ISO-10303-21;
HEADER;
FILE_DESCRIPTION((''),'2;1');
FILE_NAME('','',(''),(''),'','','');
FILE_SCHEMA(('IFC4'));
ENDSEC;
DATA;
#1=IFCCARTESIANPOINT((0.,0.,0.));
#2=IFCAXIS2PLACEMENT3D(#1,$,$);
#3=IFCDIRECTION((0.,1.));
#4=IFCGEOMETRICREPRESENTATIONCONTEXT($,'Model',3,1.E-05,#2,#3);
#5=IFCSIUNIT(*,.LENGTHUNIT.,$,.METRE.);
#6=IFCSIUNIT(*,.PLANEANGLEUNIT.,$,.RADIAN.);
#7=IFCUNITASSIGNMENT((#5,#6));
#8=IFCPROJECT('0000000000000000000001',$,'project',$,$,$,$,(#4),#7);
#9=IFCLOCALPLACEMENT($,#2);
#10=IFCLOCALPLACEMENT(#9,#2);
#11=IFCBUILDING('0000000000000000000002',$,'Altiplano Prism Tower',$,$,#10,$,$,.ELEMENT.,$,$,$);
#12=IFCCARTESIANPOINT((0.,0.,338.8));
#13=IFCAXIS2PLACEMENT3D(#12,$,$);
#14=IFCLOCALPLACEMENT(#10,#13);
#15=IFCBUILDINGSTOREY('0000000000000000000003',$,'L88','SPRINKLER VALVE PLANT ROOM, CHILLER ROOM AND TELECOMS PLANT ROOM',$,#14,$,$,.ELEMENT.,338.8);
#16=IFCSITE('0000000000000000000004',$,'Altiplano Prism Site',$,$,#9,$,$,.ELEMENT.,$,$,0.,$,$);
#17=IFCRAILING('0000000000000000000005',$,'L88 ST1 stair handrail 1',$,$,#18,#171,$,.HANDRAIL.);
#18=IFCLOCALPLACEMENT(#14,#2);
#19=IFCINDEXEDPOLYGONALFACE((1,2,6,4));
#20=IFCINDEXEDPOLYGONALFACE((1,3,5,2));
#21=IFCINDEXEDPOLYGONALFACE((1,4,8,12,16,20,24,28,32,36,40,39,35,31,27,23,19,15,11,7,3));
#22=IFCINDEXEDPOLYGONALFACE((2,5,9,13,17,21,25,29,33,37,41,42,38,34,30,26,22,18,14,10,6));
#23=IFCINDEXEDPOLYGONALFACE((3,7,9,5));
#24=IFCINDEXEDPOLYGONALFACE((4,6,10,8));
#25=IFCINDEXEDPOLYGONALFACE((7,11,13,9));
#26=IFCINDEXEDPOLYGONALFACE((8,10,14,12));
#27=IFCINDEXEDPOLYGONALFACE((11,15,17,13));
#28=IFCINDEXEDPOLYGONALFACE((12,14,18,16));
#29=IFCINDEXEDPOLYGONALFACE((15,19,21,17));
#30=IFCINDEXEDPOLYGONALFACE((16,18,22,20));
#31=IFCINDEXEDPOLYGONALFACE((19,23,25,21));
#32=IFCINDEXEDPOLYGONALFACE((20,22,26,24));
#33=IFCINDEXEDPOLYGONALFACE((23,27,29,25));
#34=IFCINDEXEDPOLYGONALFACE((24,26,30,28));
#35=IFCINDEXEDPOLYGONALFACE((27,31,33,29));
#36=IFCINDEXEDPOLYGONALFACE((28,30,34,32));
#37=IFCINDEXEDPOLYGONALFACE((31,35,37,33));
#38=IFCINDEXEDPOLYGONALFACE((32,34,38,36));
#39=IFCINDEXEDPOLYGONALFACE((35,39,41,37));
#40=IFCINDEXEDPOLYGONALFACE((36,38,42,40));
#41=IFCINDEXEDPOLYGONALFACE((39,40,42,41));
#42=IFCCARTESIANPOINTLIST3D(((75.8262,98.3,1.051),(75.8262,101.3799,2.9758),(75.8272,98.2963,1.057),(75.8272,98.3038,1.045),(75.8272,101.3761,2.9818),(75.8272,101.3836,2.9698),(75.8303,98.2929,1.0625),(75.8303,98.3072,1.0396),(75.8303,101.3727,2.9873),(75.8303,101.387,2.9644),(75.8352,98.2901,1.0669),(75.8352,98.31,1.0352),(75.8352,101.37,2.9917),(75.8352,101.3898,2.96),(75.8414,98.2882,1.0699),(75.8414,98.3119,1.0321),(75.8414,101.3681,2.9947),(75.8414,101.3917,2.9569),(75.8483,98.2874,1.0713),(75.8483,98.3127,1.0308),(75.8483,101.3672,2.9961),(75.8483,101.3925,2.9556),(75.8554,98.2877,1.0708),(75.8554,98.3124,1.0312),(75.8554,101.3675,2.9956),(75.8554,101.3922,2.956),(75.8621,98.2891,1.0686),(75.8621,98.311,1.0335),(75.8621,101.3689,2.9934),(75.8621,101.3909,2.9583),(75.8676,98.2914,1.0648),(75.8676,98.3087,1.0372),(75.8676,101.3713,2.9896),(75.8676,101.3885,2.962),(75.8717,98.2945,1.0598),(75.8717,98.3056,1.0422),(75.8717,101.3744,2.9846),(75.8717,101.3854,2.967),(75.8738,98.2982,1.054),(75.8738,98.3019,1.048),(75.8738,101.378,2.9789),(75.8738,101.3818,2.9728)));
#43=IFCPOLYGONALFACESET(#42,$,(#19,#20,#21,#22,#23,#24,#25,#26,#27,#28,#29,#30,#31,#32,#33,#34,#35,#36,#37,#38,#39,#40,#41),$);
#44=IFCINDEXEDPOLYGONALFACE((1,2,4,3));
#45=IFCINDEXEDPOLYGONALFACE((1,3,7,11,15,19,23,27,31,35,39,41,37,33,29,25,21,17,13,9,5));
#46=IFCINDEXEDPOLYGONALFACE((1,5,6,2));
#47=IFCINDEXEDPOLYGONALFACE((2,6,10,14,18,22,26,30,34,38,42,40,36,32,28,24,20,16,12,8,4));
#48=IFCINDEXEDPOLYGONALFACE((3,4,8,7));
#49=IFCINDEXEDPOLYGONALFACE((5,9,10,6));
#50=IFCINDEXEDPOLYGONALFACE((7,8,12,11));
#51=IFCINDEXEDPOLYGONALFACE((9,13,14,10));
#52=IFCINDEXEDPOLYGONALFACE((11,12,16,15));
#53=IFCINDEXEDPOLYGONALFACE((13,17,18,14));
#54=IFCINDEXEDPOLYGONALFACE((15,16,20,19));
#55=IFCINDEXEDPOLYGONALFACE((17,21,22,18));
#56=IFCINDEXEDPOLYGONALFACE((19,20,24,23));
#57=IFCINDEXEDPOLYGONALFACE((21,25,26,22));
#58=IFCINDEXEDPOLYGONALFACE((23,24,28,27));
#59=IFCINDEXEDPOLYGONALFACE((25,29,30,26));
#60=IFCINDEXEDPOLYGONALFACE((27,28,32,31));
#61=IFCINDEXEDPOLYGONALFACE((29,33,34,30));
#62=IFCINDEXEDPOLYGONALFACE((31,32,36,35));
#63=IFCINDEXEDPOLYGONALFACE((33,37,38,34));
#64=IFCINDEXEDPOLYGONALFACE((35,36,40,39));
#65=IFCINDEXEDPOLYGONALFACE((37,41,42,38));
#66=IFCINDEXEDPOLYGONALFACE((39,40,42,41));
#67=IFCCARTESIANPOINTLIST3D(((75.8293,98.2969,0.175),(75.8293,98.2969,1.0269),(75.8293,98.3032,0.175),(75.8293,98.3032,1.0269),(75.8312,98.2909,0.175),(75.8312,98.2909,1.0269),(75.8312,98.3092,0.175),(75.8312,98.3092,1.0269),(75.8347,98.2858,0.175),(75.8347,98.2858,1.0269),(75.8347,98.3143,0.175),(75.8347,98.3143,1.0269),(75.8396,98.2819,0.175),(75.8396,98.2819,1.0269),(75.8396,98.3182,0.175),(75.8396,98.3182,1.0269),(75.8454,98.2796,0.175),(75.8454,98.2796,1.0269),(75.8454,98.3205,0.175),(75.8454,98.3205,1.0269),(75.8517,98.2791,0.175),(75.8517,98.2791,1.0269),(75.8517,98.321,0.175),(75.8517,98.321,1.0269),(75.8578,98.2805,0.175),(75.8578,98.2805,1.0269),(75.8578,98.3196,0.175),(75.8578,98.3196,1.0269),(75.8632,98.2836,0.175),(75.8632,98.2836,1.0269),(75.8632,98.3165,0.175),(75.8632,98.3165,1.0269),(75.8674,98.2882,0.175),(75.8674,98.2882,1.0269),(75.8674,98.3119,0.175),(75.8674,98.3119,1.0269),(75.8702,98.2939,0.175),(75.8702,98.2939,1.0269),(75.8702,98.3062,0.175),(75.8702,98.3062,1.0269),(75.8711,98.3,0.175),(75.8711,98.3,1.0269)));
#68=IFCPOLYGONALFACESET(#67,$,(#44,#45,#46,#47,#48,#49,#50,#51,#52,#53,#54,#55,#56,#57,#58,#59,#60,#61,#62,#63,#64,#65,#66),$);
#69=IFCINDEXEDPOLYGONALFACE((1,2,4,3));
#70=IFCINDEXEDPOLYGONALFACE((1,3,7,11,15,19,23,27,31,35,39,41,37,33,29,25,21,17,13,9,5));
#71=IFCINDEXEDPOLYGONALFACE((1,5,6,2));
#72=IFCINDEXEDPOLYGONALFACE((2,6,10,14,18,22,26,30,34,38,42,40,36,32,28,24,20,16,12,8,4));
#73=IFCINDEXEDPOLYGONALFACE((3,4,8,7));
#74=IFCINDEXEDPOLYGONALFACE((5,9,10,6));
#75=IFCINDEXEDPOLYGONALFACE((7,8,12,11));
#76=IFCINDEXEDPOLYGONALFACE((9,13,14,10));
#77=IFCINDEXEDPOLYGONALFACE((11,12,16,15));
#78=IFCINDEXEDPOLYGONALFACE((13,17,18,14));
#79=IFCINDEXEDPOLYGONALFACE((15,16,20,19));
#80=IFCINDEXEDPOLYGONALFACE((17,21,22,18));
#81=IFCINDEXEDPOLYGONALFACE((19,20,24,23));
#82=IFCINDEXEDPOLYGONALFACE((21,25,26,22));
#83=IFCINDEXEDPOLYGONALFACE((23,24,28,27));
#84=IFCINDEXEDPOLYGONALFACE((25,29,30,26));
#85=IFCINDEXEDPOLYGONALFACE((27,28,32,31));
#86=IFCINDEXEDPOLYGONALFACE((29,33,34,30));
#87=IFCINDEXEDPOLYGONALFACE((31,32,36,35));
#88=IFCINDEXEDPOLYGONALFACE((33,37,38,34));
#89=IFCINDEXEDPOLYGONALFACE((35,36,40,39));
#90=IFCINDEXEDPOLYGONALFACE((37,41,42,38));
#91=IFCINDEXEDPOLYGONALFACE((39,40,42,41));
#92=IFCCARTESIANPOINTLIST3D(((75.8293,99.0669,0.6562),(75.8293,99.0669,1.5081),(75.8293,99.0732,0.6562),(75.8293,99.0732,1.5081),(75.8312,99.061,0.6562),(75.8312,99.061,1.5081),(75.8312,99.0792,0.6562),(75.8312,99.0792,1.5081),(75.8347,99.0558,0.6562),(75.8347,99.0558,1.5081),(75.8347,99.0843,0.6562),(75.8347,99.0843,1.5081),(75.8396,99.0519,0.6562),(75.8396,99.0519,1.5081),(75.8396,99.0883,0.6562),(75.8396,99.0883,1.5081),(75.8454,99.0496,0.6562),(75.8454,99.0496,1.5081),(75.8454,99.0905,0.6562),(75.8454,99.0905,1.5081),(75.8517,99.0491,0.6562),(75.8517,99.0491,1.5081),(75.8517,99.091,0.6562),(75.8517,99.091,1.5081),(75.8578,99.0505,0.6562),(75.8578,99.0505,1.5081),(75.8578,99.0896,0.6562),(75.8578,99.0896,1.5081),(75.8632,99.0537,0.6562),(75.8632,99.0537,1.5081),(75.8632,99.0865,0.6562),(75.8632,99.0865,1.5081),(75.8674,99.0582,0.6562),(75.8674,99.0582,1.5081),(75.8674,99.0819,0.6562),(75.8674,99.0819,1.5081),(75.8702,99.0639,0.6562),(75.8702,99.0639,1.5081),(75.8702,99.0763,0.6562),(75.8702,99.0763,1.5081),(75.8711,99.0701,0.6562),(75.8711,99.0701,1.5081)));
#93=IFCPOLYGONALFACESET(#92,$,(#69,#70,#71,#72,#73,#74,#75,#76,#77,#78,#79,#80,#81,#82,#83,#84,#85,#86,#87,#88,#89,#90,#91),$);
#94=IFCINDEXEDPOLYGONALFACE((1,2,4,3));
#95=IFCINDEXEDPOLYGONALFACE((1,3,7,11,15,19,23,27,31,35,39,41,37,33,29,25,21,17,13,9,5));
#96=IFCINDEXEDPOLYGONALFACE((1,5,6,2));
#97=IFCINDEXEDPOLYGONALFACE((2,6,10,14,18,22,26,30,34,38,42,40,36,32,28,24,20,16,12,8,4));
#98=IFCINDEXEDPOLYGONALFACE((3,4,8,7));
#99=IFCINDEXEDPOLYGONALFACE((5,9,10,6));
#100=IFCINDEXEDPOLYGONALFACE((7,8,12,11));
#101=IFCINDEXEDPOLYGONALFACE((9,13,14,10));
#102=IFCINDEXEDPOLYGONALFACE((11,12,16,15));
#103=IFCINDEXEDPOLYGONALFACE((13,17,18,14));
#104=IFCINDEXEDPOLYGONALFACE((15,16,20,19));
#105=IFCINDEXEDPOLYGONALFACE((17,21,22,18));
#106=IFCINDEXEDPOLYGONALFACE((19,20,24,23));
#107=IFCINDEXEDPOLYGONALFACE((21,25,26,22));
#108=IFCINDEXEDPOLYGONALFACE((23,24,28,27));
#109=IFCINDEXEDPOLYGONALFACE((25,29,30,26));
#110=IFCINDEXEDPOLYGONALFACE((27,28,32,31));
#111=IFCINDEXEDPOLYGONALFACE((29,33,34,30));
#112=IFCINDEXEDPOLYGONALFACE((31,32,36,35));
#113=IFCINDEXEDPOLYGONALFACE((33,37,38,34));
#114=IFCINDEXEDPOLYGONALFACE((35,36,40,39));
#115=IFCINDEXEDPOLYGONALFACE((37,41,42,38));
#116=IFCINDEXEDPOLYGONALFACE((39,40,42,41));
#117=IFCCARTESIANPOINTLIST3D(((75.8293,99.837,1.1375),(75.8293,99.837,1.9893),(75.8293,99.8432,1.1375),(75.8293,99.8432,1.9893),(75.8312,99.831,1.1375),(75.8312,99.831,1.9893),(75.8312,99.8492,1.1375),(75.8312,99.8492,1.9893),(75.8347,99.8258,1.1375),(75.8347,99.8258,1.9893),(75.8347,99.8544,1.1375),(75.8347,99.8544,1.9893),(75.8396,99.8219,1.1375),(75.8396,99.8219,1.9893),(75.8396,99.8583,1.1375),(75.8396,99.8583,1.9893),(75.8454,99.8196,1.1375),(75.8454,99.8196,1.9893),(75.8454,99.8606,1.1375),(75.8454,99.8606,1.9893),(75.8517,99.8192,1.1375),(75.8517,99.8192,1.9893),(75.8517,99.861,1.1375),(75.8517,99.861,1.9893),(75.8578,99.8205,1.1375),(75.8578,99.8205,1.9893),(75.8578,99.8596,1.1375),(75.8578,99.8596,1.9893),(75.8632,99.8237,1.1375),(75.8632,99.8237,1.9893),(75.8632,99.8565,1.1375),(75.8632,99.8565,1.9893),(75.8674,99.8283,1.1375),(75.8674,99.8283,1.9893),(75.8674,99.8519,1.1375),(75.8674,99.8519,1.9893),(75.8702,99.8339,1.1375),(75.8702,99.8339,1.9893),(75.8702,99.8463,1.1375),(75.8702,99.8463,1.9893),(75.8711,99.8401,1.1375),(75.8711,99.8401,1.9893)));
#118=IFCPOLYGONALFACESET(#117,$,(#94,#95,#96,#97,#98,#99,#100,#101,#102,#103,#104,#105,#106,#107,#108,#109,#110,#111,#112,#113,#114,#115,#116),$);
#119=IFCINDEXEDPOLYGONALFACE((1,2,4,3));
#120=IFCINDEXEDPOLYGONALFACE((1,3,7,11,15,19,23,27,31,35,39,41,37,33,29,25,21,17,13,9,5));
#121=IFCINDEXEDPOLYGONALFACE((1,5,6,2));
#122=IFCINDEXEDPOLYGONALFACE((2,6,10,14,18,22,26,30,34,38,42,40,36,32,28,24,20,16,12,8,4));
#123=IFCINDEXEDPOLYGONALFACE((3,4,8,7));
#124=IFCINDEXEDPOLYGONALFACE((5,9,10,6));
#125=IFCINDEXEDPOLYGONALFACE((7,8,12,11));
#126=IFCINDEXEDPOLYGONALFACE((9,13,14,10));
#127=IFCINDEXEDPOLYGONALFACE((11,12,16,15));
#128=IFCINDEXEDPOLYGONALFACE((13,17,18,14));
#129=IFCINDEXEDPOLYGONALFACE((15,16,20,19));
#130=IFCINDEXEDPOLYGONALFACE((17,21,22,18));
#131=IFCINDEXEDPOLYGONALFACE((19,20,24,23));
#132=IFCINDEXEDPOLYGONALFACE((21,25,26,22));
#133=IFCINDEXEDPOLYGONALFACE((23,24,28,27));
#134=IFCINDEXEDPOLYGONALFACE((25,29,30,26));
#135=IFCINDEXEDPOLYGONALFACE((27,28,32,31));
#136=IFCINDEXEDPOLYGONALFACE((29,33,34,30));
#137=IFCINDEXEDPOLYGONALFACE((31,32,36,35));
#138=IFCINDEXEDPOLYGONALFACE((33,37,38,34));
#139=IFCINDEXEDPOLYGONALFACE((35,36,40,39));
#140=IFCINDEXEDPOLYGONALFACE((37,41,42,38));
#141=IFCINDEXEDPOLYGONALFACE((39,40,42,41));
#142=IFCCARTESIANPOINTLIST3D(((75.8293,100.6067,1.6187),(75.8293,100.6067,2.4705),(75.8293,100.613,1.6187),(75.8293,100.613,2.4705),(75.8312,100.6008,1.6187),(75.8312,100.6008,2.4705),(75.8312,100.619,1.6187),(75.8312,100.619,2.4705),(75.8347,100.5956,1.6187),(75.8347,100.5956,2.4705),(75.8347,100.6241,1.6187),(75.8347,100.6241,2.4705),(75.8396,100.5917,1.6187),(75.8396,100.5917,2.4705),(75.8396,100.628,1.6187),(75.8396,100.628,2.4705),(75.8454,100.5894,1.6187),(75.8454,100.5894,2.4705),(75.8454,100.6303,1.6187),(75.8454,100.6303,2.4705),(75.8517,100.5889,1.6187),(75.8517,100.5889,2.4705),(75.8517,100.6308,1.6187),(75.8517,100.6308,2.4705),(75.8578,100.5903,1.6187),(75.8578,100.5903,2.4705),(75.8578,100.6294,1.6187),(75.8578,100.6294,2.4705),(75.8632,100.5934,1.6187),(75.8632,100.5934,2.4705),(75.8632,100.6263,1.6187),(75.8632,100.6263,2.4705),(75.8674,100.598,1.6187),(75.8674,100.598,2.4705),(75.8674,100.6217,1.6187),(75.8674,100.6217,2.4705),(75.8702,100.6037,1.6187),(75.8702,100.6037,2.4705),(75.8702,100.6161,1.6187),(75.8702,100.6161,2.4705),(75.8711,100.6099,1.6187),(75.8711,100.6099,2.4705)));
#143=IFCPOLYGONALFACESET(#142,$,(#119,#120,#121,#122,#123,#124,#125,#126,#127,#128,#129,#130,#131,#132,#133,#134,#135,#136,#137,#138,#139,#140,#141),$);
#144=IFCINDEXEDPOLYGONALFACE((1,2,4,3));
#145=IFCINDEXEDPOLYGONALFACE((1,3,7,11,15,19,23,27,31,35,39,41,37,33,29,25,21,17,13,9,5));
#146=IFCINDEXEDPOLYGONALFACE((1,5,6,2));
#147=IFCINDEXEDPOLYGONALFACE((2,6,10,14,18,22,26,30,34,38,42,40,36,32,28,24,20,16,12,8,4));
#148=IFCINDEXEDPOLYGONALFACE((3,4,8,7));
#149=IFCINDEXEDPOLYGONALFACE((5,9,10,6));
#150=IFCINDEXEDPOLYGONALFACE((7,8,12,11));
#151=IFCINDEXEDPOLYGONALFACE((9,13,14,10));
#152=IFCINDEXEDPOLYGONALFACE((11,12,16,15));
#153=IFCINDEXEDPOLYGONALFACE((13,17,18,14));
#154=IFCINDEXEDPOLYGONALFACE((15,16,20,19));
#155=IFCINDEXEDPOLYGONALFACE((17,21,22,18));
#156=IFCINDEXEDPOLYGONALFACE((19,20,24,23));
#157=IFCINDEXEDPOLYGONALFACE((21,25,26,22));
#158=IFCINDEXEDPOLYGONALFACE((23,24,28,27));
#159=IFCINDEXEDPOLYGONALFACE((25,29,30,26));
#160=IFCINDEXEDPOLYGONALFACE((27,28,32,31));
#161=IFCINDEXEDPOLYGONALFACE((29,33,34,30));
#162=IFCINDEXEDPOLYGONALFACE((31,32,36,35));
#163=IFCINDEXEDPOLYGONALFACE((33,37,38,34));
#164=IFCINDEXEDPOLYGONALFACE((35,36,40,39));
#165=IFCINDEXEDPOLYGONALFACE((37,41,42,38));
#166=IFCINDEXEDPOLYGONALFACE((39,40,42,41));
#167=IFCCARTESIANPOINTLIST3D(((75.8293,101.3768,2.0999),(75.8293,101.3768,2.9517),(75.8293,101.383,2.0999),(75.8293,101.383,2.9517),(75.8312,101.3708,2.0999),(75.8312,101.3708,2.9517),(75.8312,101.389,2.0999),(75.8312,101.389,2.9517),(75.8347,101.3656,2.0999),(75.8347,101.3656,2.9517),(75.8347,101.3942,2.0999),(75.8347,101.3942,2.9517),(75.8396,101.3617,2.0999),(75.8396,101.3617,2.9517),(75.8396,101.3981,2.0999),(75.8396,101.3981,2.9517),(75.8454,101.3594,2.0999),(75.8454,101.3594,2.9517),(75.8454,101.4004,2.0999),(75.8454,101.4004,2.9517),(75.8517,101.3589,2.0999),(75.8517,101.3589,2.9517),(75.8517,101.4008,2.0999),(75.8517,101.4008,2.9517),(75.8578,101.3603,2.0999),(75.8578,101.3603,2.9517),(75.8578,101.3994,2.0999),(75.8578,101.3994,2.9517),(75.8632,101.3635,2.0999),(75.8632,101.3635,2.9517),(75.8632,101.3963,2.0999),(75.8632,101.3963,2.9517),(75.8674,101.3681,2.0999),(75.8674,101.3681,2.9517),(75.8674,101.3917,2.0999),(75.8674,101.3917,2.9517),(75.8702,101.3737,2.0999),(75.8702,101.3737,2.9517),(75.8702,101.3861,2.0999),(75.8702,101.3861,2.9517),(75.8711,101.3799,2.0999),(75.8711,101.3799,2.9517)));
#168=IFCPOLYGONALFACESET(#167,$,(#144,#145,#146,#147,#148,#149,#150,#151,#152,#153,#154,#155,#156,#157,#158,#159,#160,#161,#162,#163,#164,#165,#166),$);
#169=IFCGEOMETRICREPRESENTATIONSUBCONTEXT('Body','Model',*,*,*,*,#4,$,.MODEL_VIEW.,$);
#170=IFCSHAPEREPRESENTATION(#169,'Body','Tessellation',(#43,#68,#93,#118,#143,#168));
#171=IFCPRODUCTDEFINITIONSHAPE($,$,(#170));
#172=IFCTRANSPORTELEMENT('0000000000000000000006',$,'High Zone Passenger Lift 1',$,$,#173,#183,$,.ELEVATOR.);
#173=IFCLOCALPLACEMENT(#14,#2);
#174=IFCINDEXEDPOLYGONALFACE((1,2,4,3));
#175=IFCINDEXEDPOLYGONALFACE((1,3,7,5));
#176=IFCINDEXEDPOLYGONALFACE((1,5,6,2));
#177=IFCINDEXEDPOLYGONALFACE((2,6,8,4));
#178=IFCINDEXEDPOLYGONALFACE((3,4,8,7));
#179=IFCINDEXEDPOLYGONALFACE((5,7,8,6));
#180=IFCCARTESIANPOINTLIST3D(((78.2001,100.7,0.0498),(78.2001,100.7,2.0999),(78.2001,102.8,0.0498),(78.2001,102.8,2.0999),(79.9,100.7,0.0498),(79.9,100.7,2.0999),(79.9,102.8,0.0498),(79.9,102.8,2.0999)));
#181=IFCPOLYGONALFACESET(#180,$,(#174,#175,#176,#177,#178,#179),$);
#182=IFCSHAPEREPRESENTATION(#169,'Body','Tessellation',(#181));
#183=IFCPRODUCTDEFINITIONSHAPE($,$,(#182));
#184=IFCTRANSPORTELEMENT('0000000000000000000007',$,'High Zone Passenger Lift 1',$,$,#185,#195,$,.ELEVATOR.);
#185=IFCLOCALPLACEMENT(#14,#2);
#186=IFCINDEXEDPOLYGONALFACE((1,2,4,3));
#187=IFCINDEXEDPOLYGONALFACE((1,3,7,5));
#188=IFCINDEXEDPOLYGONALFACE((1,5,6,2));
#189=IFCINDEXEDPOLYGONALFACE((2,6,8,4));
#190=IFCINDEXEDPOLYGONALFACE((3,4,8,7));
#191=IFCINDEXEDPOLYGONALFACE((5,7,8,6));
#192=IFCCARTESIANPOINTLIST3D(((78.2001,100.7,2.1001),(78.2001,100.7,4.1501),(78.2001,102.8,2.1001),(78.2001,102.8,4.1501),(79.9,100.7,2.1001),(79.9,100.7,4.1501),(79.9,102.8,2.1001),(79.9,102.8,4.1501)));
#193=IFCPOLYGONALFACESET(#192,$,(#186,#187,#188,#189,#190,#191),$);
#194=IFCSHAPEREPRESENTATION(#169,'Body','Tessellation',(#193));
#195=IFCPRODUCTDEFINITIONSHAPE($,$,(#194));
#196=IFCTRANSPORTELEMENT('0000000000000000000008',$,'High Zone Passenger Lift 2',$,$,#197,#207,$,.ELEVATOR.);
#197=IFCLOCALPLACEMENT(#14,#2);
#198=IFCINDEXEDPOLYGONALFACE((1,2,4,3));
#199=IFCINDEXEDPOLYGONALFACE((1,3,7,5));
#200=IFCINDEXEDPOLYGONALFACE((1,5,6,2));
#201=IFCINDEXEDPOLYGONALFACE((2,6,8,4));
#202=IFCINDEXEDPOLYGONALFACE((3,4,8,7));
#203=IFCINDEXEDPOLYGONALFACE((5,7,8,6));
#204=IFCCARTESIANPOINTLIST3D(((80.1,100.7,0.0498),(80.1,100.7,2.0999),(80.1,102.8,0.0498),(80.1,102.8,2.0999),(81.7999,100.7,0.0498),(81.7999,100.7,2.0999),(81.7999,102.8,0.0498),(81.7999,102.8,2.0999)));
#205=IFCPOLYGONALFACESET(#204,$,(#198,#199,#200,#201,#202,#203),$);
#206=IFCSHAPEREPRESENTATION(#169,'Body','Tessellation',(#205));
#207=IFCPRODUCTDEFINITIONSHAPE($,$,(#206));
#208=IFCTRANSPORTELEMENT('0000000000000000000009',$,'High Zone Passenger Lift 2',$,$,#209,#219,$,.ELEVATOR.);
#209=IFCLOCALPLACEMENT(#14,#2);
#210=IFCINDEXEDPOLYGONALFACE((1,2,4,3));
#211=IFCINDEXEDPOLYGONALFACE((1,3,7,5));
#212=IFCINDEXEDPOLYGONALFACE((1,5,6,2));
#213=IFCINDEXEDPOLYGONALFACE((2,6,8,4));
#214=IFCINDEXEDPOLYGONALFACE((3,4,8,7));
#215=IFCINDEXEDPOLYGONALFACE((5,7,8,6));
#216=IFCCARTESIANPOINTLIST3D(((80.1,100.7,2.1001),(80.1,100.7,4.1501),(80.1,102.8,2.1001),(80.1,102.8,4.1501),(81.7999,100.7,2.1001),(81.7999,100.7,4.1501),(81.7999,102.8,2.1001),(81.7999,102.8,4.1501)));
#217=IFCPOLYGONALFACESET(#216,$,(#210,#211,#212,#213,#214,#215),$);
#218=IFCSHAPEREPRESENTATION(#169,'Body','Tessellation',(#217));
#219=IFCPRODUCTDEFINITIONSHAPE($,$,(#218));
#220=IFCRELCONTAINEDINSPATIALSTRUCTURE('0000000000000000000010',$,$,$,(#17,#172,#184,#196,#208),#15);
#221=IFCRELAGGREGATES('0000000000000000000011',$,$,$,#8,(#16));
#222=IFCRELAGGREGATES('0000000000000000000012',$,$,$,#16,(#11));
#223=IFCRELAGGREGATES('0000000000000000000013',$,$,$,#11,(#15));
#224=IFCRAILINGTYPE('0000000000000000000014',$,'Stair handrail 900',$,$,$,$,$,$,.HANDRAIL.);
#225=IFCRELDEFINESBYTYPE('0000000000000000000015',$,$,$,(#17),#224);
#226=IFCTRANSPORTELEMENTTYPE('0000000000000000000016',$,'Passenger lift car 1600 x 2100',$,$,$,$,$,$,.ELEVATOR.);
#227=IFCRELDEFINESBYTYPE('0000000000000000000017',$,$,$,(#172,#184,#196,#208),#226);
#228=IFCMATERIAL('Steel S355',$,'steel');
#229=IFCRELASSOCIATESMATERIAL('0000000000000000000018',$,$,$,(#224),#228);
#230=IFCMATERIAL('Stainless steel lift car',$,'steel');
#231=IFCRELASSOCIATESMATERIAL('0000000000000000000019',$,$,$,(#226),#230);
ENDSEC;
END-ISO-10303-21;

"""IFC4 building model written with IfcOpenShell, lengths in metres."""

from ifc_helpers import new_model, si_unit, direction, frame, origin, origin_2d, place, context, subcontext, project, spatial, rectangle, circle, extrude, material, type_object, element, save


model = new_model("IFC4")

# Units and contexts
model_context = context("Model", 3, precision=1e-05, world=origin(), true_north=direction((0.0, 1.0)))
body_context = subcontext(model_context, "Body", "Model", "MODEL_VIEW")
ifc_project = project(units=[si_unit("LENGTHUNIT", "METRE"), si_unit("PLANEANGLEUNIT", "RADIAN")], contexts=[model_context])

# Site, building, storey
site_placement = place(None, origin())
site = spatial("IfcSite", under=ifc_project, at=site_placement, Name="Altiplano Prism Site", CompositionType="ELEMENT", RefElevation=0.0)
building_placement = place(site_placement, origin())
building = spatial("IfcBuilding", under=site, at=building_placement, Name="Altiplano Prism Tower", CompositionType="ELEMENT")
storey_placement = place(building_placement, frame((0.0, 0.0, 338.8)))
storey = spatial("IfcBuildingStorey", under=building, at=storey_placement, Name="L88", Description="SPRINKLER VALVE PLANT ROOM, CHILLER ROOM AND TELECOMS PLANT ROOM", CompositionType="ELEMENT", Elevation=338.8)

# Railing
ifc_material_1 = material(Name="Steel S355", Category="steel")
railing_type_1 = type_object("IfcRailingType", Name="Stair handrail 900", PredefinedType="HANDRAIL", material=ifc_material_1)
railing_1_placement = place(storey_placement, frame((75.8501, 98.3, 0.175)))
element("IfcRailing", 1, at=railing_1_placement, inside=storey, type_object=railing_type_1, Name="L88 ST1 stair handrail 1", PredefinedType="HANDRAIL", context=body_context, shape_type="SweptSolid", body=[
    extrude(circle(Radius=0.0239, at=origin_2d()), frame((0.0, 0.0, 0.876), z_axis=(0.0, 0.84801, 0.529981), x_axis=(-1.0, 0.0, 0.0)), (0.0, 0.0, 1.0), 3.6318),
    extrude(circle(Radius=0.021, at=origin_2d()), origin(), (0.0, 0.0, 1.0), 0.8518),
    extrude(circle(Radius=0.021, at=origin_2d()), frame((0.0, 0.77, 0.4812)), (0.0, 0.0, 1.0), 0.8518),
    extrude(circle(Radius=0.021, at=origin_2d()), frame((0.0, 1.54, 0.9624)), (0.0, 0.0, 1.0), 0.8518),
    extrude(circle(Radius=0.021, at=origin_2d()), frame((0.0, 2.3098, 1.4436)), (0.0, 0.0, 1.0), 0.8518),
    extrude(circle(Radius=0.021, at=origin_2d()), frame((0.0, 3.0798, 1.9248)), (0.0, 0.0, 1.0), 0.8518),
])

# Transport elements
ifc_material_2 = material(Name="Stainless steel lift car", Category="steel")
transport_element_type = type_object("IfcTransportElementType", Name="Passenger lift car 1600 x 2100", PredefinedType="ELEVATOR", material=ifc_material_2)
for number, where, z_axis, x_axis, name in (
    (2, (79.05, 101.75, 0.0498), (0.0, 0.0, 1.0), (1.0, 0.0, 0.0), "High Zone Passenger Lift 1"),
    (3, (79.05, 101.75, 2.1001), (0.0, 0.0, 1.0), (1.0, 0.0, 0.0), "High Zone Passenger Lift 1"),
    (4, (80.95, 101.75, 0.0498), (0.0, 0.0, 1.0), (1.0, 0.0, 0.0), "High Zone Passenger Lift 2"),
    (5, (80.95, 101.75, 2.1001), (0.0, 0.0, 1.0), (1.0, 0.0, 0.0), "High Zone Passenger Lift 2"),
):
    element("IfcTransportElement", number, at=place(storey_placement, frame(where, z_axis=z_axis, x_axis=x_axis)), inside=storey, type_object=transport_element_type, Name=name, PredefinedType="ELEVATOR", context=body_context, shape_type="SweptSolid", body=[
        extrude(rectangle(XDim=1.7, YDim=2.1001, at=origin_2d()), origin(), (0.0, 0.0, 1.0), 2.05),
    ])

save(model, "model.ifc")
